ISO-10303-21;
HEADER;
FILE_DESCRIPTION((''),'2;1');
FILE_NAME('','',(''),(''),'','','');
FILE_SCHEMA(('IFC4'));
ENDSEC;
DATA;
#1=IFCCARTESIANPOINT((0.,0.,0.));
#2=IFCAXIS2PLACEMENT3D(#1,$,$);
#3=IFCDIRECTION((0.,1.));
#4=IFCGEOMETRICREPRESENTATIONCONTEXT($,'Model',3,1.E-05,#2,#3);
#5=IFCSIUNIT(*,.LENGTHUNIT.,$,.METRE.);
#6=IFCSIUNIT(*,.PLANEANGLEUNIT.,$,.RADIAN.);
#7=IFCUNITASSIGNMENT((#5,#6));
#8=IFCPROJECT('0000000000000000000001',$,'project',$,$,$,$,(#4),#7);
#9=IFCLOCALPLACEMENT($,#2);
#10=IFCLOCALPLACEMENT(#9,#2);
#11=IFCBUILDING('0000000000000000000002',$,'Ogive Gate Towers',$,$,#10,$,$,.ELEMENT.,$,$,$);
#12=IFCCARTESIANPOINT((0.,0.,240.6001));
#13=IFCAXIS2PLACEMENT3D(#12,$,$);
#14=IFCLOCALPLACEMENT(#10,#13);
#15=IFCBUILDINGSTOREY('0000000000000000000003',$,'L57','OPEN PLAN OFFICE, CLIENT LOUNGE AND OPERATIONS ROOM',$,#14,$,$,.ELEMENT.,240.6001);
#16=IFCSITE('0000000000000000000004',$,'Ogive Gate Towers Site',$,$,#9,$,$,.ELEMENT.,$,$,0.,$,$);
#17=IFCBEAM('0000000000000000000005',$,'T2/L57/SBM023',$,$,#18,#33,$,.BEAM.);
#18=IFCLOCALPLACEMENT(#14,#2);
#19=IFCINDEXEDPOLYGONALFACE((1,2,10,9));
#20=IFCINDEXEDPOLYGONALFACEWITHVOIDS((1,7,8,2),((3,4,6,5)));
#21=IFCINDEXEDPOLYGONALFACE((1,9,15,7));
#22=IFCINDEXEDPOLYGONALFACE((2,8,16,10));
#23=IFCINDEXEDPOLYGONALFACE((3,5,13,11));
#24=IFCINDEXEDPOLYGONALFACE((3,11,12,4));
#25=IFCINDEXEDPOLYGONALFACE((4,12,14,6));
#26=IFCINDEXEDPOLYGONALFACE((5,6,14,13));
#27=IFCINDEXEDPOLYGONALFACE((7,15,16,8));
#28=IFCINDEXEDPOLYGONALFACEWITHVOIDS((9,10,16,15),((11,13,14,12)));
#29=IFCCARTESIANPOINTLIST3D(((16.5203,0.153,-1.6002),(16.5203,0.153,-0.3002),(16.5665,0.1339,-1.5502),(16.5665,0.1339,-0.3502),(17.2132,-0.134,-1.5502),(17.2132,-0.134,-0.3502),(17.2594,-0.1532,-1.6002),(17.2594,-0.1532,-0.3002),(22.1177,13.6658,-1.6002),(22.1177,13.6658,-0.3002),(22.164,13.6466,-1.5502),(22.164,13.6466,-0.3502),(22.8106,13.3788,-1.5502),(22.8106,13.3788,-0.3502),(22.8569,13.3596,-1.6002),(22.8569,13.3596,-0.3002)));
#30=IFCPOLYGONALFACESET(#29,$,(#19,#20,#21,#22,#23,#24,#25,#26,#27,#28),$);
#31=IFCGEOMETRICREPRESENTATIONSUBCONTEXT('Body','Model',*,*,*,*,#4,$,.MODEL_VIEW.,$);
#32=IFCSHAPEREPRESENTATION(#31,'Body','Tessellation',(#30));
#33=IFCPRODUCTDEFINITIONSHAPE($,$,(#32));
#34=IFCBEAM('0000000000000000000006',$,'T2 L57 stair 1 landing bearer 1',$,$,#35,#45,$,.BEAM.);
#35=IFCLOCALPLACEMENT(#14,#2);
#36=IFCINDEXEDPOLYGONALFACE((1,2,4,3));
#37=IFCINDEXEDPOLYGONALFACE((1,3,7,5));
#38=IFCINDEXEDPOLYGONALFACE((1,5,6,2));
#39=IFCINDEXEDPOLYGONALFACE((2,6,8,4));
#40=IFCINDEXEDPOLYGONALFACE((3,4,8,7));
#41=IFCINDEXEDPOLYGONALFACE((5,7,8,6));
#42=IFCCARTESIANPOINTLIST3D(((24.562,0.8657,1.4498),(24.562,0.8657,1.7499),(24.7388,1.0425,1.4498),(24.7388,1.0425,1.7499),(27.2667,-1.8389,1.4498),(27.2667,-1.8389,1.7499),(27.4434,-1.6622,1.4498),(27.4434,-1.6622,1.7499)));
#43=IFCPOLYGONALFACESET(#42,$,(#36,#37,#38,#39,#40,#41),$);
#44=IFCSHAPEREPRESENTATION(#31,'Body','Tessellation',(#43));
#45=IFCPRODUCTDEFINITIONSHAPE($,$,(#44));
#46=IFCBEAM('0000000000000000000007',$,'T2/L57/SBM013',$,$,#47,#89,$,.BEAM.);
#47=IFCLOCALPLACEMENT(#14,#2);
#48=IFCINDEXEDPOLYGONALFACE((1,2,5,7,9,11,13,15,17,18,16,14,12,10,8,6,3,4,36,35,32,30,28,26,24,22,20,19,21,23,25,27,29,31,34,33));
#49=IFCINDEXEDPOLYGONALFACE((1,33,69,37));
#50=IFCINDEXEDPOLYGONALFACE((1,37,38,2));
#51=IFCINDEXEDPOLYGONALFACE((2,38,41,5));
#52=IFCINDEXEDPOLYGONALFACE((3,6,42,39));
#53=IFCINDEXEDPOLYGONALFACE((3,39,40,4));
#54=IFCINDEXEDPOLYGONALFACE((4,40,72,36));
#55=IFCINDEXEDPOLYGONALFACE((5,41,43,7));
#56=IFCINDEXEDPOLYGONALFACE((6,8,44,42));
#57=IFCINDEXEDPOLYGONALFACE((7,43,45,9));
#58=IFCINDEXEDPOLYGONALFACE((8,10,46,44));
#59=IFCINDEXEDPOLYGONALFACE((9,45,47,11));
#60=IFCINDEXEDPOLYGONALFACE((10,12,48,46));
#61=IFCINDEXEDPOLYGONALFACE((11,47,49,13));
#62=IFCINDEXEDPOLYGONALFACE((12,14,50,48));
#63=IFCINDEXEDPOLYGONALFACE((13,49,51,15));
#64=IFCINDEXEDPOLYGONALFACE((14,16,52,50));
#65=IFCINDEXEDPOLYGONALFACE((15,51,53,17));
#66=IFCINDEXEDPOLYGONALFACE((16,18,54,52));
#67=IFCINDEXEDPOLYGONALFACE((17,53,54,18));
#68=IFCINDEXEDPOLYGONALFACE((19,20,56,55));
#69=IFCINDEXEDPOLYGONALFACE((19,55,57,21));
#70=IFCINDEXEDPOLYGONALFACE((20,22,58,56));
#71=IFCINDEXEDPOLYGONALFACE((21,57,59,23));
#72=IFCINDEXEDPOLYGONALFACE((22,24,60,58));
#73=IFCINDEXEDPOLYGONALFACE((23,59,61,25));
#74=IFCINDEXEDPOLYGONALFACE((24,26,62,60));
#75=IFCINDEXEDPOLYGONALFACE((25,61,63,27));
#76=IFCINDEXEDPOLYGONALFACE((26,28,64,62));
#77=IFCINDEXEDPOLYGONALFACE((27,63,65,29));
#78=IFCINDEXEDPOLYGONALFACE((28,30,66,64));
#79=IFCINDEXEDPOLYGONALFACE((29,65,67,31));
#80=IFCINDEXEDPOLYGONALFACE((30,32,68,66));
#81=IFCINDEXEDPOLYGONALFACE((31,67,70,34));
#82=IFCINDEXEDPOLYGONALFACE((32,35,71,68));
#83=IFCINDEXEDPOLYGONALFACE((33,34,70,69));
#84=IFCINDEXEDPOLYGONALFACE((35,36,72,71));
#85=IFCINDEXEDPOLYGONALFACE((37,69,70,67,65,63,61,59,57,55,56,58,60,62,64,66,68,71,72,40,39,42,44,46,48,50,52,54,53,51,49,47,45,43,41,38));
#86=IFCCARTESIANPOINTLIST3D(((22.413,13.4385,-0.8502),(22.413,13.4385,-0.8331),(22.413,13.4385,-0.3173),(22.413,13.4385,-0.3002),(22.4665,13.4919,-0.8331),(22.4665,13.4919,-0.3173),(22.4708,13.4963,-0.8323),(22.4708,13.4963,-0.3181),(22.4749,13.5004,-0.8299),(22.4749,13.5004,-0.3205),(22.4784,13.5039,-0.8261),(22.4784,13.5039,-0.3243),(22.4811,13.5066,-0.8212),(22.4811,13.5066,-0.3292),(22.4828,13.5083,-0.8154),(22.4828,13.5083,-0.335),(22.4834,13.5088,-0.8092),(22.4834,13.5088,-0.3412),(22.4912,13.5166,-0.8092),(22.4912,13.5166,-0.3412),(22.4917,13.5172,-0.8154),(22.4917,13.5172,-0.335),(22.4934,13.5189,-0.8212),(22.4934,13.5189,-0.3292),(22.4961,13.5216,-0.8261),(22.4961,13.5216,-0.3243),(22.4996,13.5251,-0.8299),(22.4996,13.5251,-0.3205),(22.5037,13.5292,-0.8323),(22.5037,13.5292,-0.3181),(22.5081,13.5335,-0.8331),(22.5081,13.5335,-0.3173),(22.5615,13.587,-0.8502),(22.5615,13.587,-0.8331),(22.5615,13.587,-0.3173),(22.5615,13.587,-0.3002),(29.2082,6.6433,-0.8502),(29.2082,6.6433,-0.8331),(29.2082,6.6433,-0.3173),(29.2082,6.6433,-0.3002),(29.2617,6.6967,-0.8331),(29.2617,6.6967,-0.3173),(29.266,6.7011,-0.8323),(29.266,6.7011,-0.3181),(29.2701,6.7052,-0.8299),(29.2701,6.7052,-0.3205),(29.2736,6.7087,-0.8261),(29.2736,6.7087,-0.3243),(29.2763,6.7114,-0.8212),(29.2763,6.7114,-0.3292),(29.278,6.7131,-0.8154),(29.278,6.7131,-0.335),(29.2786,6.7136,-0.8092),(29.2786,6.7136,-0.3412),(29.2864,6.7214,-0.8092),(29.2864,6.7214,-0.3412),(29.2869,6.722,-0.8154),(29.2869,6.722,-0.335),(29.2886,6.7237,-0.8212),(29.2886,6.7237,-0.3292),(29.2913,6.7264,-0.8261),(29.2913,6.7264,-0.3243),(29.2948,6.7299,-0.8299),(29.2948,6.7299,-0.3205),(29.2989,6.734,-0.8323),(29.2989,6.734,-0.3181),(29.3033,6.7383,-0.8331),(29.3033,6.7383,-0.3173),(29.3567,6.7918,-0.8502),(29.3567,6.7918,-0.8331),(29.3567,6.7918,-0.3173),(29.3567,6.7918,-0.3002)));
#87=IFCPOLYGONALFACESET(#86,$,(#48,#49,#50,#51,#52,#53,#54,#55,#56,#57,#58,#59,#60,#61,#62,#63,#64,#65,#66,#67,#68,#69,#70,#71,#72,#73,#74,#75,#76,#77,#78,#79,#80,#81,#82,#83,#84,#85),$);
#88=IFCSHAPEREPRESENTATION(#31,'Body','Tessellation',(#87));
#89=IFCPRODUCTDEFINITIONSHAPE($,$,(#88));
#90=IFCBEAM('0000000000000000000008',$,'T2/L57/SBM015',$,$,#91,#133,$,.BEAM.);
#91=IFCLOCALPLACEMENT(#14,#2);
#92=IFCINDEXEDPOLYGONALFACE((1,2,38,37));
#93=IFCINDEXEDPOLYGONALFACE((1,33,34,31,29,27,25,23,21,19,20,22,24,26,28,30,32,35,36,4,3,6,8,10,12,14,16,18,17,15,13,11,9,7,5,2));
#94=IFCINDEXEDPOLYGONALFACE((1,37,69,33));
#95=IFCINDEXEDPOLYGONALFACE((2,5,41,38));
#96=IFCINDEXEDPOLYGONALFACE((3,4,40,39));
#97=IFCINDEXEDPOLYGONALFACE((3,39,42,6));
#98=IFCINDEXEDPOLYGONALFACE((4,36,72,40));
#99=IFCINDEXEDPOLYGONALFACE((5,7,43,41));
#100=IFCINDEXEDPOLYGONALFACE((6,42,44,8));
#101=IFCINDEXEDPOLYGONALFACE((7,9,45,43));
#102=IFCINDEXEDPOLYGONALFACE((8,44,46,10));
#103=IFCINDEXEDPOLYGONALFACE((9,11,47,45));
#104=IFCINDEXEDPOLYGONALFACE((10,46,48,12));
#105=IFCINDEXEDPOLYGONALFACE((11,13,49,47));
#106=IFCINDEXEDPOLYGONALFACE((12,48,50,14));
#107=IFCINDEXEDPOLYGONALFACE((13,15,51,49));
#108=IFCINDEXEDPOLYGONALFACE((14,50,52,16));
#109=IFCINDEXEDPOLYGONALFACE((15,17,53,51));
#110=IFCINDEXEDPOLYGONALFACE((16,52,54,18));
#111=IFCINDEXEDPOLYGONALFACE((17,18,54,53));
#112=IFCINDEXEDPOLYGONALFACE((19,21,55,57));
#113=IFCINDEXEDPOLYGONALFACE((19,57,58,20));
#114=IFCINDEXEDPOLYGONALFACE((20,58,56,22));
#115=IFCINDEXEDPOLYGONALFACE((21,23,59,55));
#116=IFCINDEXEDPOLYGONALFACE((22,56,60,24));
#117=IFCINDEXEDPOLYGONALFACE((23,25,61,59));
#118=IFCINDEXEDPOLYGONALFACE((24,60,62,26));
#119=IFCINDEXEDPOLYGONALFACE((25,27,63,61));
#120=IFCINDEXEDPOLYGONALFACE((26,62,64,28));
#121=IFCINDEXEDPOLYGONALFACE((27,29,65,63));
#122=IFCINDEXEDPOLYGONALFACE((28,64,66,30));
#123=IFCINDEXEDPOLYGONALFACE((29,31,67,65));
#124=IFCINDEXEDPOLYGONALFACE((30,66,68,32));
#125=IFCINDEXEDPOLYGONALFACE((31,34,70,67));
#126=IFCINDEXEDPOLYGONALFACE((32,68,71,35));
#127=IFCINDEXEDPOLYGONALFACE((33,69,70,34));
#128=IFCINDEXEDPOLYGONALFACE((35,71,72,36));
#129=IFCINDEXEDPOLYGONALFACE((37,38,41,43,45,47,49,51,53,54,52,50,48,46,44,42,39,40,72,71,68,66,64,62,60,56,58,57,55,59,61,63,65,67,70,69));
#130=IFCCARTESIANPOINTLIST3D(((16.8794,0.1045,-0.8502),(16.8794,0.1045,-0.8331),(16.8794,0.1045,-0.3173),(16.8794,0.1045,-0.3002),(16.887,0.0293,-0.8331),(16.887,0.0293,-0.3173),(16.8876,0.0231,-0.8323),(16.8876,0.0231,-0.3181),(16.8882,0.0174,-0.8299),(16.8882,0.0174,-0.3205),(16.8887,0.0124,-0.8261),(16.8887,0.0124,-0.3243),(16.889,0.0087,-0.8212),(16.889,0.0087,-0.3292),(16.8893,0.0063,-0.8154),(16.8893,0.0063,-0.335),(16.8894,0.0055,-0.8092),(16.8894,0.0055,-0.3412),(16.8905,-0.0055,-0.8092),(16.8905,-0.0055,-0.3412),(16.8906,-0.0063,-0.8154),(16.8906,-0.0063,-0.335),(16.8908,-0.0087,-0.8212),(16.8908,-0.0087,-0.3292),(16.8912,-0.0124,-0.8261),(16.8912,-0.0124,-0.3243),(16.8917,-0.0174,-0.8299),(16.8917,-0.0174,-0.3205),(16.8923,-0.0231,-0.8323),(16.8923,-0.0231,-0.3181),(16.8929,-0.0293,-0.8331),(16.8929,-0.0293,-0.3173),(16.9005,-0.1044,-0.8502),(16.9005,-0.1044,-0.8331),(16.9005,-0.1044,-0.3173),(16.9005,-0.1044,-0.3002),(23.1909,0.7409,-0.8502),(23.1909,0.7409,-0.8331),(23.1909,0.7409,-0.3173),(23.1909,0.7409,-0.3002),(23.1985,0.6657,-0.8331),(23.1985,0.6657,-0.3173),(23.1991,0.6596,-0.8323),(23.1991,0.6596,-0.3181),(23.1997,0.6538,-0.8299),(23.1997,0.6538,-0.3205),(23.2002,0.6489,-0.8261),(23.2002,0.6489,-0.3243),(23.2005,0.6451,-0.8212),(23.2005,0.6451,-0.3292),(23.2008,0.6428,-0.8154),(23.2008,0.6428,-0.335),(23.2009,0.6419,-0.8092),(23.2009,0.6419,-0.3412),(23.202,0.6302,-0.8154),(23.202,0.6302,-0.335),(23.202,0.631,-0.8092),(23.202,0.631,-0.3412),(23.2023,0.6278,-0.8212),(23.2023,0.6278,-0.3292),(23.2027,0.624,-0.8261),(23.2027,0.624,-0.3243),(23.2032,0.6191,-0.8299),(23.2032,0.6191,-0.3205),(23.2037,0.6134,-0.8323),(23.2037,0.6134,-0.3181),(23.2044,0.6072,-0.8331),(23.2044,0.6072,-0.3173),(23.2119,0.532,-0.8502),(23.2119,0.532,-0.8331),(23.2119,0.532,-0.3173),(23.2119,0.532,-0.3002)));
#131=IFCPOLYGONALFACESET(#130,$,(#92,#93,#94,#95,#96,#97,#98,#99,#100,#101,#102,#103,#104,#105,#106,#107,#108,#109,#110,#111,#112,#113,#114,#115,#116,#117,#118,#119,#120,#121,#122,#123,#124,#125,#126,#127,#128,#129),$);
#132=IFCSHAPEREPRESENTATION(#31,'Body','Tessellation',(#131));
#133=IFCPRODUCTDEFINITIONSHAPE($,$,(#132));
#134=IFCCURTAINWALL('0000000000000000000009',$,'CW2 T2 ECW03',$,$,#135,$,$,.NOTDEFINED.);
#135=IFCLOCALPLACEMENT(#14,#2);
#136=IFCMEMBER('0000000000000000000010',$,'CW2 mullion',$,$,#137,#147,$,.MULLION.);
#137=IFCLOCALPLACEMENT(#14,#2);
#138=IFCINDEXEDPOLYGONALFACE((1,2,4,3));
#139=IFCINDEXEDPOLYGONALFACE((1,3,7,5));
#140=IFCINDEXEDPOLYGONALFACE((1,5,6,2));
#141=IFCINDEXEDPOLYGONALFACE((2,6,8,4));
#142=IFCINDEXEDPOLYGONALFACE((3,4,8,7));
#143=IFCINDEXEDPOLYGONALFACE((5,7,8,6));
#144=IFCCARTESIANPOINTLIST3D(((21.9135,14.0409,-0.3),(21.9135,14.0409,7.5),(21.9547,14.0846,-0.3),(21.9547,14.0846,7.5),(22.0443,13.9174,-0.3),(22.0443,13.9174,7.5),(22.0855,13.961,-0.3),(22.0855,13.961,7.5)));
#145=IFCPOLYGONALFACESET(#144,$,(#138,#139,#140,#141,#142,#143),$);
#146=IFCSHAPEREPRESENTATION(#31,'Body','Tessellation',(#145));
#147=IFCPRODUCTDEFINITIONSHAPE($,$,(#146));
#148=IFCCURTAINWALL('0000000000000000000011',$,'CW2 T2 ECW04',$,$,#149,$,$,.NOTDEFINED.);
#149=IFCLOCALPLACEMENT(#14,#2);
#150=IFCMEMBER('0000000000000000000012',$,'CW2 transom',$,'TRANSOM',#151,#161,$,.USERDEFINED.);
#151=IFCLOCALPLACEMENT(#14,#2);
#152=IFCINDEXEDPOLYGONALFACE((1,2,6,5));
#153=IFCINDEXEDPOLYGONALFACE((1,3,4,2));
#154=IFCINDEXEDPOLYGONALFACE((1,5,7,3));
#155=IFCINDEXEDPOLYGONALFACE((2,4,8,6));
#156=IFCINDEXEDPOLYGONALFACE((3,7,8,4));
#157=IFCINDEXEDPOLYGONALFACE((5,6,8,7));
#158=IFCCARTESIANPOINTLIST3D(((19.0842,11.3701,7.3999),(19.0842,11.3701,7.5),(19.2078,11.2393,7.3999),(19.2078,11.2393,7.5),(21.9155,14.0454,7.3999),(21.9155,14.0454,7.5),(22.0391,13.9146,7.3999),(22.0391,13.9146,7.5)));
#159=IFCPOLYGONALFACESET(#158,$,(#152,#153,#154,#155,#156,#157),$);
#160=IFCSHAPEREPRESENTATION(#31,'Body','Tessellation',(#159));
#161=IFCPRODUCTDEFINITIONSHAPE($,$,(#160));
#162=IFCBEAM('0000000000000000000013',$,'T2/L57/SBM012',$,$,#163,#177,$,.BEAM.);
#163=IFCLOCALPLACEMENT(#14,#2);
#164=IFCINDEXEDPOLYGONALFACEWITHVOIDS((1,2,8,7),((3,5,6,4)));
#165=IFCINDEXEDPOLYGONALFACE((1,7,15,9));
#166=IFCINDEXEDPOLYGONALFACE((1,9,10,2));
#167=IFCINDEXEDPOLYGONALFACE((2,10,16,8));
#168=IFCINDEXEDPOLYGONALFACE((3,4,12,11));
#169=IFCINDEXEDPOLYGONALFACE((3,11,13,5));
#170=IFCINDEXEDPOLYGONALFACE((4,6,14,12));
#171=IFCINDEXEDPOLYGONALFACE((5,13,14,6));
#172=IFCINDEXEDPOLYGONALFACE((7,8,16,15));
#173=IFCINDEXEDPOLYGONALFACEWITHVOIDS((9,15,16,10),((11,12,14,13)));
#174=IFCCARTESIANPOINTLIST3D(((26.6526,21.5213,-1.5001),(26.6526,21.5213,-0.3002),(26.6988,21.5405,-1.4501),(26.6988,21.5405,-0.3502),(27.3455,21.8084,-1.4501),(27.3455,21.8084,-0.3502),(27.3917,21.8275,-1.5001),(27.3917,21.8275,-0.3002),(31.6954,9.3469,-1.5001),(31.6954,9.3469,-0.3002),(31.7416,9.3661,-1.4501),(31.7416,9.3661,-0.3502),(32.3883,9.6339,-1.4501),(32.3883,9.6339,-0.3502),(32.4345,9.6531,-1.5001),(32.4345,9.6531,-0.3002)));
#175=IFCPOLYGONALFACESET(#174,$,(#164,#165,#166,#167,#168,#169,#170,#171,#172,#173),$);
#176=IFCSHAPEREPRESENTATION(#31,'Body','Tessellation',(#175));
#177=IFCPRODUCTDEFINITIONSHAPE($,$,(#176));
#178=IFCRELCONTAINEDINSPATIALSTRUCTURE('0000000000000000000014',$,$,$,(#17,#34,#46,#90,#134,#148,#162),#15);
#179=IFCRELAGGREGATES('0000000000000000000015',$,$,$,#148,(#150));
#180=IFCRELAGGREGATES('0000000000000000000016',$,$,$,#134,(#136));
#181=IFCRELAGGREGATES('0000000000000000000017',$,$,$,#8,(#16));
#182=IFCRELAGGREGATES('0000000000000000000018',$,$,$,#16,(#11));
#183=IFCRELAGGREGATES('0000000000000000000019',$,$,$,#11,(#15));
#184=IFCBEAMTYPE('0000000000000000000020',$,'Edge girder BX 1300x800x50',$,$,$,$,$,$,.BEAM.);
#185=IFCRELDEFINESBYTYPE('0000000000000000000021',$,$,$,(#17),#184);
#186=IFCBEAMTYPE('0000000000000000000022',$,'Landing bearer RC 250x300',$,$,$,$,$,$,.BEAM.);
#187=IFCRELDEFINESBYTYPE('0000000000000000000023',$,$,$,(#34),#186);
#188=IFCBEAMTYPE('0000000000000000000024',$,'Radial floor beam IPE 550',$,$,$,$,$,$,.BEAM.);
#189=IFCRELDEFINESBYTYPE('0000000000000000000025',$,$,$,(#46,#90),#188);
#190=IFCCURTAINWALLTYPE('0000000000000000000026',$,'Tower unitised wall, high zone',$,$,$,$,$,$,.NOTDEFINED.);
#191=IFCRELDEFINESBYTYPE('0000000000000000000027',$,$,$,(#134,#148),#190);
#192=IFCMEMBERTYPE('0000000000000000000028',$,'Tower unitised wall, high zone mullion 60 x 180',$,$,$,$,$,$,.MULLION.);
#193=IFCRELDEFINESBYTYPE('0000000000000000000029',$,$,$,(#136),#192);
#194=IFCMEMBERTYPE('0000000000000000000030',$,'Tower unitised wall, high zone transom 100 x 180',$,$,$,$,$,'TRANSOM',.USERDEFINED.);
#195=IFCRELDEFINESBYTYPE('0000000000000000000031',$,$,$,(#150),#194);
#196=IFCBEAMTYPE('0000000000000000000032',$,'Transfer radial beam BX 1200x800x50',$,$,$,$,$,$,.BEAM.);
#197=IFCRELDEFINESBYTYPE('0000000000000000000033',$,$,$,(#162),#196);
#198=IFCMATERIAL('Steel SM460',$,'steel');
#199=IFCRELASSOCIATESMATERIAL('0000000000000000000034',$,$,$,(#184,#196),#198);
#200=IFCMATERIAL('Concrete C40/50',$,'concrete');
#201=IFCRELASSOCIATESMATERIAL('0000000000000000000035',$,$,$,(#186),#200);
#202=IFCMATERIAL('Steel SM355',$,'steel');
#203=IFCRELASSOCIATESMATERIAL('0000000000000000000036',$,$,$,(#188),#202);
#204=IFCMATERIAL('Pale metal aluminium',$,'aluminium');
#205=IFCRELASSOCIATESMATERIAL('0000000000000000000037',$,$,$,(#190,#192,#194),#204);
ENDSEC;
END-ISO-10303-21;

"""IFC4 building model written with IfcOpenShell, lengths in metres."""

from ifc_helpers import new_model, si_unit, direction, frame, origin, origin_2d, place, context, subcontext, project, spatial, rectangle, hollow_rectangle, i_section, extrude, material, material_profile, profile_set, type_object, element, aggregate, save


model = new_model("IFC4")

# Units and contexts
model_context = context("Model", 3, precision=1e-05, world=origin(), true_north=direction((0.0, 1.0)))
body_context = subcontext(model_context, "Body", "Model", "MODEL_VIEW")
ifc_project = project(units=[si_unit("LENGTHUNIT", "METRE"), si_unit("PLANEANGLEUNIT", "RADIAN")], contexts=[model_context])

# Site, building, storey
site_placement = place(None, origin())
site = spatial("IfcSite", under=ifc_project, at=site_placement, Name="Ogive Gate Towers Site", CompositionType="ELEMENT", RefElevation=0.0)
building_placement = place(site_placement, origin())
building = spatial("IfcBuilding", under=site, at=building_placement, Name="Ogive Gate Towers", CompositionType="ELEMENT")
storey_placement = place(building_placement, frame((0.0, 0.0, 240.6001)))
storey = spatial("IfcBuildingStorey", under=building, at=storey_placement, Name="L57", Description="OPEN PLAN OFFICE, CLIENT LOUNGE AND OPERATIONS ROOM", CompositionType="ELEMENT", Elevation=240.6001)

# Beams
ifc_material_1 = material(Name="Steel SM460", Category="steel")
ifc_material_profile_1 = material_profile(ifc_material_1, hollow_rectangle(XDim=0.8, YDim=1.3, WallThickness=0.05, at=origin_2d()), Name="BX 1300x800x50")
ifc_profile_set_1 = profile_set([ifc_material_profile_1], Name="Steel SM460")
beam_type_1 = type_object("IfcBeamType", Name="Edge girder BX 1300x800x50", PredefinedType="BEAM", material=ifc_profile_set_1)
beam_1_placement = place(storey_placement, frame((22.4873, 13.5127, -0.9502), z_axis=(-0.382699, -0.923873, 0.0), x_axis=(0.923873, -0.382699, 0.0)))
element("IfcBeam", 1, at=beam_1_placement, inside=storey, type_object=beam_type_1, Name="T2/L57/SBM023", PredefinedType="BEAM", context=body_context, shape_type="SweptSolid", body=[
    extrude(hollow_rectangle(XDim=0.8, YDim=1.3, WallThickness=0.05, at=origin_2d()), origin(), (0.0, 0.0, 1.0), 14.6262),
])
ifc_material_2 = material(Name="Concrete C40/50", Category="concrete")
ifc_material_profile_2 = material_profile(ifc_material_2, rectangle(XDim=0.25, YDim=0.3, at=origin_2d()), Name="RC 250x300")
ifc_profile_set_2 = profile_set([ifc_material_profile_2], Name="Concrete C40/50")
beam_type_2 = type_object("IfcBeamType", Name="Landing bearer RC 250x300", PredefinedType="BEAM", material=ifc_profile_set_2)
beam_2_placement = place(storey_placement, frame((24.6504, 0.9541, 1.5999), z_axis=(0.707107, -0.707107, 0.0), x_axis=(0.707107, 0.707107, 0.0)))
element("IfcBeam", 2, at=beam_2_placement, inside=storey, type_object=beam_type_2, Name="T2 L57 stair 1 landing bearer 1", PredefinedType="BEAM", context=body_context, shape_type="SweptSolid", body=[
    extrude(rectangle(XDim=0.25, YDim=0.3, at=origin_2d()), origin(), (0.0, 0.0, 1.0), 3.825),
])
ifc_material_3 = material(Name="Steel SM355", Category="steel")
ifc_material_profile_3 = material_profile(ifc_material_3, i_section(OverallWidth=0.21, OverallDepth=0.55, WebThickness=0.011, FlangeThickness=0.0171, FilletRadius=0.0239, at=origin_2d()), Name="IPE 550")
ifc_profile_set_3 = profile_set([ifc_material_profile_3], Name="Steel SM355")
beam_type_3 = type_object("IfcBeamType", Name="Radial floor beam IPE 550", PredefinedType="BEAM", material=ifc_profile_set_3)
beam_3_placement = place(storey_placement, frame((29.2825, 6.7175, -0.5752), z_axis=(-0.707107, 0.707107, 0.0), x_axis=(-0.707107, -0.707107, 0.0)))
element("IfcBeam", 3, at=beam_3_placement, inside=storey, type_object=beam_type_3, Name="T2/L57/SBM013", PredefinedType="BEAM", context=body_context, shape_type="SweptSolid", body=[
    extrude(i_section(OverallWidth=0.21, OverallDepth=0.55, WebThickness=0.011, FlangeThickness=0.0171, FilletRadius=0.0239, at=origin_2d()), origin(), (0.0, 0.0, 1.0), 9.6099),
])
beam_4_placement = place(storey_placement, frame((23.2014, 0.6365, -0.5752), z_axis=(-0.994954, -0.100334, 0.0), x_axis=(0.100334, -0.994954, 0.0)))
element("IfcBeam", 4, at=beam_4_placement, inside=storey, type_object=beam_type_3, Name="T2/L57/SBM015", PredefinedType="BEAM", context=body_context, shape_type="SweptSolid", body=[
    extrude(i_section(OverallWidth=0.21, OverallDepth=0.55, WebThickness=0.011, FlangeThickness=0.0171, FilletRadius=0.0239, at=origin_2d()), origin(), (0.0, 0.0, 1.0), 6.3435),
])

# Curtain walls, members
ifc_material_4 = material(Name="Pale metal aluminium", Category="aluminium")
curtain_wall_type = type_object("IfcCurtainWallType", Name="Tower unitised wall, high zone", PredefinedType="NOTDEFINED", material=ifc_material_4)
curtain_wall_1_placement = place(storey_placement, origin())
curtain_wall_1 = element("IfcCurtainWall", 5, at=curtain_wall_1_placement, inside=storey, type_object=curtain_wall_type, Name="CW2 T2 ECW03", PredefinedType="NOTDEFINED")
ifc_material_profile_4 = material_profile(ifc_material_4, rectangle(XDim=0.1799, YDim=0.0601, at=origin_2d()), Name="60 x 180 aluminium box")
ifc_profile_set_4 = profile_set([ifc_material_profile_4], Name="Pale metal aluminium")
member_type_1 = type_object("IfcMemberType", Name="Tower unitised wall, high zone mullion 60 x 180", PredefinedType="MULLION", material=ifc_profile_set_4)
member_1_placement = place(storey_placement, frame((21.9995, 14.001, -0.3), z_axis=(0.0, 0.0, 1.0), x_axis=(-0.72685, 0.686796, 0.0)))
member_1 = element("IfcMember", 6, at=member_1_placement, type_object=member_type_1, Name="CW2 mullion", PredefinedType="MULLION", context=body_context, shape_type="SweptSolid", body=[
    extrude(rectangle(XDim=0.1799, YDim=0.0601, at=origin_2d()), origin(), (0.0, 0.0, 1.0), 7.8),
])
curtain_wall_2_placement = place(storey_placement, origin())
curtain_wall_2 = element("IfcCurtainWall", 7, at=curtain_wall_2_placement, inside=storey, type_object=curtain_wall_type, Name="CW2 T2 ECW04", PredefinedType="NOTDEFINED")
ifc_material_profile_5 = material_profile(ifc_material_4, rectangle(XDim=0.1799, YDim=0.1001, at=origin_2d()), Name="100 x 180 aluminium box")
ifc_profile_set_5 = profile_set([ifc_material_profile_5], Name="Pale metal aluminium")
member_type_2 = type_object("IfcMemberType", Name="Tower unitised wall, high zone transom 100 x 180", ElementType="TRANSOM", PredefinedType="USERDEFINED", material=ifc_profile_set_5)
member_2_placement = place(storey_placement, frame((21.9773, 13.98, 7.45), z_axis=(-0.726848, -0.686798, 0.0), x_axis=(0.686798, -0.726848, 0.0)))
member_2 = element("IfcMember", 8, at=member_2_placement, type_object=member_type_2, Name="CW2 transom", ObjectType="TRANSOM", PredefinedType="USERDEFINED", context=body_context, shape_type="SweptSolid", body=[
    extrude(rectangle(XDim=0.1799, YDim=0.1001, at=origin_2d()), origin(), (0.0, 0.0, 1.0), 3.8953),
])
aggregate(curtain_wall_2, [member_2])

# Beam
ifc_material_profile_6 = material_profile(ifc_material_1, hollow_rectangle(XDim=0.8, YDim=1.2, WallThickness=0.05, at=origin_2d()), Name="BX 1200x800x50")
ifc_profile_set_6 = profile_set([ifc_material_profile_6], Name="Steel SM460")
beam_type_4 = type_object("IfcBeamType", Name="Transfer radial beam BX 1200x800x50", PredefinedType="BEAM", material=ifc_profile_set_6)
for number, where, z_axis, x_axis, name in (
    (9, (32.0649, 9.5, -0.9001), (-0.382681, 0.923881, 0.0), (-0.923881, -0.382681, 0.0), "T2/L57/SBM012"),
):
    element("IfcBeam", number, at=place(storey_placement, frame(where, z_axis=z_axis, x_axis=x_axis)), inside=storey, type_object=beam_type_4, Name=name, PredefinedType="BEAM", context=body_context, shape_type="SweptSolid", body=[
        extrude(hollow_rectangle(XDim=0.8, YDim=1.2, WallThickness=0.05, at=origin_2d()), origin(), (0.0, 0.0, 1.0), 13.1775),
    ])

aggregate(curtain_wall_1, [member_1])

save(model, "model.ifc")
